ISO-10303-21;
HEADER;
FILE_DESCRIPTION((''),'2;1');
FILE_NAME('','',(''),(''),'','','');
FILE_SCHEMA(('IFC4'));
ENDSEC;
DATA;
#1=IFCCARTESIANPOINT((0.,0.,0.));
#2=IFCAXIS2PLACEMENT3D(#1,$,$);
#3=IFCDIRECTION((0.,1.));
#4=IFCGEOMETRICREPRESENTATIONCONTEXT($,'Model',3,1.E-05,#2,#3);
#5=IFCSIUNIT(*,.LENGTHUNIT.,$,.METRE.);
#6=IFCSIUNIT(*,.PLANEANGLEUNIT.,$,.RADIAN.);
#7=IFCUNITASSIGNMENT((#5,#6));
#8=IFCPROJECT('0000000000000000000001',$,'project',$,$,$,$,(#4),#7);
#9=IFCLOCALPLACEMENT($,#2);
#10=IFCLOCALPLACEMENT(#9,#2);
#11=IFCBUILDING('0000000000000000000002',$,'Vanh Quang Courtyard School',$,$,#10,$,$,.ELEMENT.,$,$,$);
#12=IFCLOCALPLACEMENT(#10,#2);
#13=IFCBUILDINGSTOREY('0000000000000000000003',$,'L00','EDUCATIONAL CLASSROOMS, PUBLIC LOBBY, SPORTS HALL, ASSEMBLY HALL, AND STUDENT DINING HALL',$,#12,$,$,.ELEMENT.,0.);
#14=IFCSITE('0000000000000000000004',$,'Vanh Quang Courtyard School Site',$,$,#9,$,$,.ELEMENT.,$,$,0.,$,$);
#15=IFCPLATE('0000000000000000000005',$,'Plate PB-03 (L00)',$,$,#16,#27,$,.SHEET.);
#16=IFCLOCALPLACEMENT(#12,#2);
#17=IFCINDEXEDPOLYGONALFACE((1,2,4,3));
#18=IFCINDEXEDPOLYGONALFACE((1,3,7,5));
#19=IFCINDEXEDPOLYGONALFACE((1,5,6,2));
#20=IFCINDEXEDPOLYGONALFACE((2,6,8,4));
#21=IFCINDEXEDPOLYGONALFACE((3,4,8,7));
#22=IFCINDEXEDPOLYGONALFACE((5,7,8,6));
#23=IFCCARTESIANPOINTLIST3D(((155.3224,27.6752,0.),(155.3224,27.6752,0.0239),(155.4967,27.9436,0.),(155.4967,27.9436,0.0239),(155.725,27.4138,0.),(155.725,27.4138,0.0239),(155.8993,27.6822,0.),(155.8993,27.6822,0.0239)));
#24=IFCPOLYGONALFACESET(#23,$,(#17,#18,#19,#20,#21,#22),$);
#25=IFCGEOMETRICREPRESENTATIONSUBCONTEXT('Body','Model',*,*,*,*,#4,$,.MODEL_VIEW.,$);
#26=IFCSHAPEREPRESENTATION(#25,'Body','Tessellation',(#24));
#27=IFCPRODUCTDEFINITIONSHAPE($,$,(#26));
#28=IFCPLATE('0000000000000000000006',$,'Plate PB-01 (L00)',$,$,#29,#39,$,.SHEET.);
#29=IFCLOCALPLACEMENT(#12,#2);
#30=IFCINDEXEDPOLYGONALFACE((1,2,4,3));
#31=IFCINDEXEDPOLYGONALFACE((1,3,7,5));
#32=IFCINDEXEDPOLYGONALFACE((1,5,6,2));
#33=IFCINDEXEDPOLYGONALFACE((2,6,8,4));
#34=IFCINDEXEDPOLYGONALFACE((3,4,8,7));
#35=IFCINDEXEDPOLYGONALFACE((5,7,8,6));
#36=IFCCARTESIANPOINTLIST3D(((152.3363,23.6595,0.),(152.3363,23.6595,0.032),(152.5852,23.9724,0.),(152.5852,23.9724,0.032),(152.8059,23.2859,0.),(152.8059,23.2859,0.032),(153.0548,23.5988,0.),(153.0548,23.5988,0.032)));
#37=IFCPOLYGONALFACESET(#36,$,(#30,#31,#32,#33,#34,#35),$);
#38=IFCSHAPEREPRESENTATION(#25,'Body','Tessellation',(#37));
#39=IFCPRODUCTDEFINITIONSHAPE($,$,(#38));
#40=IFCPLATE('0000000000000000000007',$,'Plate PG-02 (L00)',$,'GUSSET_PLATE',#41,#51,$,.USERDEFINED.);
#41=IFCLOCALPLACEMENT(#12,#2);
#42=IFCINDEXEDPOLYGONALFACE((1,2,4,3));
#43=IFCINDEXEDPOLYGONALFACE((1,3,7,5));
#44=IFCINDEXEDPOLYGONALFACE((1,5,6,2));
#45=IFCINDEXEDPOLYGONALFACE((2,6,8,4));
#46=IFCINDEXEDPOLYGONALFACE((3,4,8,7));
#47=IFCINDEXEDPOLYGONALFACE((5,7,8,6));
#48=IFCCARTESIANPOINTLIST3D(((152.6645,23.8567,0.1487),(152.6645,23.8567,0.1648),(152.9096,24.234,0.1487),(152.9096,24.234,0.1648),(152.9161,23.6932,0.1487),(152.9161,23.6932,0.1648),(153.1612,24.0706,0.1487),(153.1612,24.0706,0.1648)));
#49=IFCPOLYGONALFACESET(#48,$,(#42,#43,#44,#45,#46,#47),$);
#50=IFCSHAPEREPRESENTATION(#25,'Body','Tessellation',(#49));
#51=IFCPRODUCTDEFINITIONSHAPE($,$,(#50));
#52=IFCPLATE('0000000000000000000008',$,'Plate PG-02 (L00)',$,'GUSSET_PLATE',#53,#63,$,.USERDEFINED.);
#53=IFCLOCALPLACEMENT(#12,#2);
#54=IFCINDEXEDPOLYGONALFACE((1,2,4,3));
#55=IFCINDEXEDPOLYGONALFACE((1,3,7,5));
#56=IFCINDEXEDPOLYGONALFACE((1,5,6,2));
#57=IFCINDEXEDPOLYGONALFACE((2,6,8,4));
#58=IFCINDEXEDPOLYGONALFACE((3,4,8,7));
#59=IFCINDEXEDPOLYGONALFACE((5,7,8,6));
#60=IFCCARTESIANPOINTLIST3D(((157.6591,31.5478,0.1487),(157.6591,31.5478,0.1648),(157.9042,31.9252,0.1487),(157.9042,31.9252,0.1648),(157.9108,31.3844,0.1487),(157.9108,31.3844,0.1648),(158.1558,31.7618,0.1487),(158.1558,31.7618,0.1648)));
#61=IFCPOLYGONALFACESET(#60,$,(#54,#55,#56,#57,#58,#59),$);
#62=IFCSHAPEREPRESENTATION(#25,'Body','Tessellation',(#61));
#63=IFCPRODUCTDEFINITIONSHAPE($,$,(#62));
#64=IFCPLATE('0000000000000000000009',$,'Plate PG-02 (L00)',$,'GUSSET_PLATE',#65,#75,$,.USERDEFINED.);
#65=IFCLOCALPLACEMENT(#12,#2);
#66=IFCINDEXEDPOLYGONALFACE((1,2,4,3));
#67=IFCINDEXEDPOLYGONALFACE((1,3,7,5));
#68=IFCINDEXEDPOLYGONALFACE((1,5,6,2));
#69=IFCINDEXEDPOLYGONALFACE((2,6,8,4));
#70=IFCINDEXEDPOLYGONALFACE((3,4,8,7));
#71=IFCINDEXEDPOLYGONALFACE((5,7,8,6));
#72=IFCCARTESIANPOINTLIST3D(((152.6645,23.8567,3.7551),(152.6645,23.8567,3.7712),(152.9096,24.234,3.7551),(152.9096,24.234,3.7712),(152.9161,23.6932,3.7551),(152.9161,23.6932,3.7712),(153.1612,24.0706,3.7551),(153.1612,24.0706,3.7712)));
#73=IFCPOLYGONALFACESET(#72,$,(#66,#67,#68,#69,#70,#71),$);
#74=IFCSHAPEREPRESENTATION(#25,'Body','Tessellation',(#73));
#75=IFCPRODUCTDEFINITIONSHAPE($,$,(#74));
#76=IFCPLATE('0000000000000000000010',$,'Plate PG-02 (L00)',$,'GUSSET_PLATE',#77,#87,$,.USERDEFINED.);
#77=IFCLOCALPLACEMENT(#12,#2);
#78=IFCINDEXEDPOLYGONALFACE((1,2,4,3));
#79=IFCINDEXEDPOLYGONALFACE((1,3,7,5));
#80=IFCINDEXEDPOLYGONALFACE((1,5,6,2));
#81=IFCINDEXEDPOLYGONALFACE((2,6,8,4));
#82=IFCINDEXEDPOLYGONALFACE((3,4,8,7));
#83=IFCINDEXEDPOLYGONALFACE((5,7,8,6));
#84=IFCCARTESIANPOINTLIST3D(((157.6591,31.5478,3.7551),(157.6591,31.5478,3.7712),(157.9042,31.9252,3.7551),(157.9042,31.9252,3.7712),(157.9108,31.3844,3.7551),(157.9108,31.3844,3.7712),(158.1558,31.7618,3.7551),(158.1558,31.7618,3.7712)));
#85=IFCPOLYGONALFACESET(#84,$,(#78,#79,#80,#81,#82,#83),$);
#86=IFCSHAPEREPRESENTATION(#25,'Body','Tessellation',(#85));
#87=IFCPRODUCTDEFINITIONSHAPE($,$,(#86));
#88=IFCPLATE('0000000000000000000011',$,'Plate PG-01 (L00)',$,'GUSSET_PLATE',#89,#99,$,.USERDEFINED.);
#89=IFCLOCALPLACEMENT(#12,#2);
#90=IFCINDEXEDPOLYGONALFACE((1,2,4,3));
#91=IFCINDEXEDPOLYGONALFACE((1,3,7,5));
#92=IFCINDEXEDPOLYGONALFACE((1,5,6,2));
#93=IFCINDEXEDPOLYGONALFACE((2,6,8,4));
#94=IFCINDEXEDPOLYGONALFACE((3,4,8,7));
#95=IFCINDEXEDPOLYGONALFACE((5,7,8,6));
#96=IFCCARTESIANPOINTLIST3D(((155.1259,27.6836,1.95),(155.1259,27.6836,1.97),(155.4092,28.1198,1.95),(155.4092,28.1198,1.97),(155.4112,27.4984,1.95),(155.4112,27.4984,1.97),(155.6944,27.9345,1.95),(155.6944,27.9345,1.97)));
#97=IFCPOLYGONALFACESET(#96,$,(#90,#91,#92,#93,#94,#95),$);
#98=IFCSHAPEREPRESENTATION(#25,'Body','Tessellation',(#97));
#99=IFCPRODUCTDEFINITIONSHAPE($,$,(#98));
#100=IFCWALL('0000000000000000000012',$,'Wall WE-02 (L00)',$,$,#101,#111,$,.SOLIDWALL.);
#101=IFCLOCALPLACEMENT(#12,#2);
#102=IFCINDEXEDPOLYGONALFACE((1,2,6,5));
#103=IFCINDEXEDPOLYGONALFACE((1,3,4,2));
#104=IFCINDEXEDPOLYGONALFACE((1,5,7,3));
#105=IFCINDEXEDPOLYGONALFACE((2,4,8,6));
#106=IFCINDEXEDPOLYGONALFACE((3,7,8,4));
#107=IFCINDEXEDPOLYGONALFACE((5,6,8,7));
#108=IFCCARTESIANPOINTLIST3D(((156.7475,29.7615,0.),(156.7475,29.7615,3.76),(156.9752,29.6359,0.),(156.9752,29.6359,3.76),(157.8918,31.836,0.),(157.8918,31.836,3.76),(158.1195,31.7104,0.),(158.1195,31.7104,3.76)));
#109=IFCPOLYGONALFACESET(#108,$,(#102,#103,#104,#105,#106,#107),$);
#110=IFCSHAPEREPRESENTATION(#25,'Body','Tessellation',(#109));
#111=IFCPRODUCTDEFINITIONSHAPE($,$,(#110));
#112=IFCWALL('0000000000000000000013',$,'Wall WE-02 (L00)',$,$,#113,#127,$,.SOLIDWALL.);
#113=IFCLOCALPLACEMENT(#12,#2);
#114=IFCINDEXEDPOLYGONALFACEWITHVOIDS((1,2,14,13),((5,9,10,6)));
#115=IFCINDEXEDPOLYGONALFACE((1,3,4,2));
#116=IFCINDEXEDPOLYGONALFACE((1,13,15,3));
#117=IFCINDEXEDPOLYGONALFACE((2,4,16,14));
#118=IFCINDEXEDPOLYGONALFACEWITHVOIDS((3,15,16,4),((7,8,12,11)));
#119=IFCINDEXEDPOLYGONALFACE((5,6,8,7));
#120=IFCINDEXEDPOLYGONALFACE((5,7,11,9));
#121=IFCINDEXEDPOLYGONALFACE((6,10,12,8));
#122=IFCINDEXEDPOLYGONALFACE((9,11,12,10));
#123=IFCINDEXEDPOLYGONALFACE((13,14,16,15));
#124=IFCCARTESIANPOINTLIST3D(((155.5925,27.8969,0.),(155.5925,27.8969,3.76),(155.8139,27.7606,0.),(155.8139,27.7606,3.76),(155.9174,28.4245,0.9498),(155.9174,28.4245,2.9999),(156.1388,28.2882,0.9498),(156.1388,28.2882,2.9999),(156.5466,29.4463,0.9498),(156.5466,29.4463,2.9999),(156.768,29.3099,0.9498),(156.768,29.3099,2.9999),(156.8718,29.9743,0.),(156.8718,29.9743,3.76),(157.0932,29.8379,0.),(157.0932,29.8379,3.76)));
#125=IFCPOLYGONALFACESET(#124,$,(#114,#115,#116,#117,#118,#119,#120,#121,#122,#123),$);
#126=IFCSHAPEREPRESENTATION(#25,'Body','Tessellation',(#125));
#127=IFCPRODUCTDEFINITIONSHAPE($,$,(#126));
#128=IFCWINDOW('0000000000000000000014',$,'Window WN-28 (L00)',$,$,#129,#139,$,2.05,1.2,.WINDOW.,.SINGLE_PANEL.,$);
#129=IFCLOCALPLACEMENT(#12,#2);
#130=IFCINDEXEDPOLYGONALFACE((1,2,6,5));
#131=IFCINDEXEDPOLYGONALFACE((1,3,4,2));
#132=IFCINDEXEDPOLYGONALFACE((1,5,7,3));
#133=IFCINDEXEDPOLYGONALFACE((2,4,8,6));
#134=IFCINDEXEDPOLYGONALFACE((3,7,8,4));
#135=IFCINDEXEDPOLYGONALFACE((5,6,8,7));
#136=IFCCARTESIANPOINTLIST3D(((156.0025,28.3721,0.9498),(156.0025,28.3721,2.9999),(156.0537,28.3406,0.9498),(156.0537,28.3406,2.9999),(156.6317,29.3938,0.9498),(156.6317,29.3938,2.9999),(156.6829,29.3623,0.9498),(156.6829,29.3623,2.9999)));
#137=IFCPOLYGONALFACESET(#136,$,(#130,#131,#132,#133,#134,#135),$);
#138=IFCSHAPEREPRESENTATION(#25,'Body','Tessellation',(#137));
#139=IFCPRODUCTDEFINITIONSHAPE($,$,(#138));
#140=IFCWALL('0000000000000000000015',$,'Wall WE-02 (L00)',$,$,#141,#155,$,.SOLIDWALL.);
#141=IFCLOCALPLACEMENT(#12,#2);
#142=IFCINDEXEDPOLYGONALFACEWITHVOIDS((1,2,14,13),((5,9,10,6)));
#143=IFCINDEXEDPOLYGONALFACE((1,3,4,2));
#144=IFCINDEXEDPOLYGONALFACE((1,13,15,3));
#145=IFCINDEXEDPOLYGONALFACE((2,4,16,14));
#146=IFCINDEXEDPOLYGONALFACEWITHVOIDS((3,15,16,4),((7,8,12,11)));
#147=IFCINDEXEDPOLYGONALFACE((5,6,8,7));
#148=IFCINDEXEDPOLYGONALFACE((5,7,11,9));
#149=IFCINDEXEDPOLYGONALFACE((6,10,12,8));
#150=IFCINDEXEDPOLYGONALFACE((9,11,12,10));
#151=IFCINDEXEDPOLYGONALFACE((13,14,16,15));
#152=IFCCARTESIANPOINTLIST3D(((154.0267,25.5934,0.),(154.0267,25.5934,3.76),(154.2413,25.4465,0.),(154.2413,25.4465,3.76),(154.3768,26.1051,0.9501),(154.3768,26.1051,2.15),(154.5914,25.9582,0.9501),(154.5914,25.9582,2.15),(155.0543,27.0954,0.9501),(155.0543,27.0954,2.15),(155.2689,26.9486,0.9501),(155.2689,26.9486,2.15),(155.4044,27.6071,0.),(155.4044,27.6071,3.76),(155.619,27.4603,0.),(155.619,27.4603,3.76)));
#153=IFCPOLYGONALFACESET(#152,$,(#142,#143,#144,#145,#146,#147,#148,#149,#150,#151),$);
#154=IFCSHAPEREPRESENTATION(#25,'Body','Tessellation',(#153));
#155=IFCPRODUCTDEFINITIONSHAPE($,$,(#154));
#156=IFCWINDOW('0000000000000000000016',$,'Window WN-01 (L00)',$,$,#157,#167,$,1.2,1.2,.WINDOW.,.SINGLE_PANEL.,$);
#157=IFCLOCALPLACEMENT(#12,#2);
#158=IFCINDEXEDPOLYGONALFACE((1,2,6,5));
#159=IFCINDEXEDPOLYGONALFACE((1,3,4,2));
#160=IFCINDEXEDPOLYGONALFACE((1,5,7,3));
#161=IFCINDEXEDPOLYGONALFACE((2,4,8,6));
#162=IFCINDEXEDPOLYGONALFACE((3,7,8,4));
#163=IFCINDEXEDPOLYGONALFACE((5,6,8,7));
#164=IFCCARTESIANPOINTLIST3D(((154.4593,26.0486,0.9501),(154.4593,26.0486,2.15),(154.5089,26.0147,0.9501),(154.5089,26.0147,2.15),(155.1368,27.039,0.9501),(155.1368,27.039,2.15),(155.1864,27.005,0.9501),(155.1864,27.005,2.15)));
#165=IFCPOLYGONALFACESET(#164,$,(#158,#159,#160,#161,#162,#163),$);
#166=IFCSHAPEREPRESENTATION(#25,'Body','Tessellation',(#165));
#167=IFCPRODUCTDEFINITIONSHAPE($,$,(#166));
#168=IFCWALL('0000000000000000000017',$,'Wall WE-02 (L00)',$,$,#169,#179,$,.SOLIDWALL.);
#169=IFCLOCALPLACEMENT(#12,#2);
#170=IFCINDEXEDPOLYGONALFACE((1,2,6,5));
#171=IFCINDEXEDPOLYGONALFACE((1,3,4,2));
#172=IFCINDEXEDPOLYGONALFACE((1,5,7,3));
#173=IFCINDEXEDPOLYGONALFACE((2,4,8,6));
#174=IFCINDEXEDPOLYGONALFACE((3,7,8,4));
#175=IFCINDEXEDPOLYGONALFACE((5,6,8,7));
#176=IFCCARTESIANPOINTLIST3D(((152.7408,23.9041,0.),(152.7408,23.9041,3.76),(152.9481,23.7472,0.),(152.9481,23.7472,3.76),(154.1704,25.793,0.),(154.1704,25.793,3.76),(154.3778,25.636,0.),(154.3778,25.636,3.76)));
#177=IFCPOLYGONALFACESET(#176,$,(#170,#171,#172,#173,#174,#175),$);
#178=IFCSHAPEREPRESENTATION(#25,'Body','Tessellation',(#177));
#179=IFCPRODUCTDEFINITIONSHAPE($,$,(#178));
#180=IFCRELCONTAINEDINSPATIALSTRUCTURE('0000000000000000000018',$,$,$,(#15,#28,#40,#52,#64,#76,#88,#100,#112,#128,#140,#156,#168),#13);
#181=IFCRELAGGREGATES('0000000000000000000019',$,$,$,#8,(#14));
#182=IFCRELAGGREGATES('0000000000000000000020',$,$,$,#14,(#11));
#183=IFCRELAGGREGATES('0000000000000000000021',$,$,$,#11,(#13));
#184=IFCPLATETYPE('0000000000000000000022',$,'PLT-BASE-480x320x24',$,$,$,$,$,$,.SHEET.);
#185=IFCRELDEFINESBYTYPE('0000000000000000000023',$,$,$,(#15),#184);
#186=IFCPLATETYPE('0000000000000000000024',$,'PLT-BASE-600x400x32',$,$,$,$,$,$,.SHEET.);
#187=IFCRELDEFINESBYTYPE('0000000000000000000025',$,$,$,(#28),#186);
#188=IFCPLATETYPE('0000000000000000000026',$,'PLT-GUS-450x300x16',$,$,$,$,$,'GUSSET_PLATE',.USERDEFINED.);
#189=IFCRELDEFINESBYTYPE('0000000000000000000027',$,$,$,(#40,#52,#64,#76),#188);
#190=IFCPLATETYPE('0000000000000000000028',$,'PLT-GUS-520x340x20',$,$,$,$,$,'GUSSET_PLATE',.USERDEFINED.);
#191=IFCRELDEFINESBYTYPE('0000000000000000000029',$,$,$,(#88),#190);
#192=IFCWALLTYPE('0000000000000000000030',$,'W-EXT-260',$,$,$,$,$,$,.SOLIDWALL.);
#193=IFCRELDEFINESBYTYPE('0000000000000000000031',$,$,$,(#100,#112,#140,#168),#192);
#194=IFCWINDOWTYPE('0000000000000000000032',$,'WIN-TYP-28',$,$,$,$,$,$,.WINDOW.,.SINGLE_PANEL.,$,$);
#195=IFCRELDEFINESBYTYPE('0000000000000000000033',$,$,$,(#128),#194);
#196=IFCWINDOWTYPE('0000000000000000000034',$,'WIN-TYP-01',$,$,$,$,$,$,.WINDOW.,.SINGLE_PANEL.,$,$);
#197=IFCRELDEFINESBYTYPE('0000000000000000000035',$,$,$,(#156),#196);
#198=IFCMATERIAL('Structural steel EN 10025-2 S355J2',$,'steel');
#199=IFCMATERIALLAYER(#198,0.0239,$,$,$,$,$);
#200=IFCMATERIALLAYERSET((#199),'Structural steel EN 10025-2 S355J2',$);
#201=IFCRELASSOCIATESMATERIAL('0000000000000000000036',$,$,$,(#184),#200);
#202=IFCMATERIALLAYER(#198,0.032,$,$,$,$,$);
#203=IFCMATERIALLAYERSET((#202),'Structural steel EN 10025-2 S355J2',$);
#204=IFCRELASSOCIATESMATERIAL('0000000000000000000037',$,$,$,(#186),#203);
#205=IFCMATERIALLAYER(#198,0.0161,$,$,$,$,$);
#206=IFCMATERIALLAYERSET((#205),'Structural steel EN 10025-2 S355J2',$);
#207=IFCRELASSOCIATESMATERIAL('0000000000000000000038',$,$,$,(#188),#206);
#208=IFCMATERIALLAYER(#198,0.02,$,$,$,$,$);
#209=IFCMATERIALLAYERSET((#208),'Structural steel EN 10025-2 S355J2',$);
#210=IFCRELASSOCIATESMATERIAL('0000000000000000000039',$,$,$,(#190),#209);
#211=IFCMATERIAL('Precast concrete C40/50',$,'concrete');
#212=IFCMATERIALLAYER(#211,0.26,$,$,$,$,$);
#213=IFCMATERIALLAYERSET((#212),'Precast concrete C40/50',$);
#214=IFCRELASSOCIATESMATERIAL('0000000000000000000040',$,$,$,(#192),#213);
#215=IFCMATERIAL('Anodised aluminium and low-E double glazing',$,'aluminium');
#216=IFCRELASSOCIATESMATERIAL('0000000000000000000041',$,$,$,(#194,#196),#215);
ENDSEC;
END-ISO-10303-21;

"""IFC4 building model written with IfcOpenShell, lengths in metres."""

from ifc_helpers import new_model, si_unit, direction, frame, frame_2d, origin, origin_2d, place, context, subcontext, project, spatial, rectangle, extrude, material, layer, layer_set, type_object, element, fill, save


model = new_model("IFC4")

# Units and contexts
model_context = context("Model", 3, precision=1e-05, world=origin(), true_north=direction((0.0, 1.0)))
body_context = subcontext(model_context, "Body", "Model", "MODEL_VIEW")
ifc_project = project(units=[si_unit("LENGTHUNIT", "METRE"), si_unit("PLANEANGLEUNIT", "RADIAN")], contexts=[model_context])

# Site, building, storey
site_placement = place(None, origin())
site = spatial("IfcSite", under=ifc_project, at=site_placement, Name="Vanh Quang Courtyard School Site", CompositionType="ELEMENT", RefElevation=0.0)
building_placement = place(site_placement, origin())
building = spatial("IfcBuilding", under=site, at=building_placement, Name="Vanh Quang Courtyard School", CompositionType="ELEMENT")
storey_placement = place(building_placement, origin())
storey = spatial("IfcBuildingStorey", under=building, at=storey_placement, Name="L00", Description="EDUCATIONAL CLASSROOMS, PUBLIC LOBBY, SPORTS HALL, ASSEMBLY HALL, AND STUDENT DINING HALL", CompositionType="ELEMENT", Elevation=0.0)

# Shared definitions
ifc_material_1 = material(Name="Structural steel EN 10025-2 S355J2", Category="steel")

# Plates
ifc_layer_1 = layer(ifc_material_1, 0.0239)
ifc_layer_set_1 = layer_set([ifc_layer_1], Name="Structural steel EN 10025-2 S355J2")
plate_type_1 = type_object("IfcPlateType", Name="PLT-BASE-480x320x24", PredefinedType="SHEET", material=ifc_layer_set_1)
plate_1_placement = place(storey_placement, frame((155.6108, 27.6787, 0.0), z_axis=(0.0, 0.0, 1.0), x_axis=(0.838671, -0.544639, 0.0)))
element("IfcPlate", 1, at=plate_1_placement, inside=storey, type_object=plate_type_1, Name="Plate PB-03 (L00)", PredefinedType="SHEET", context=body_context, shape_type="SweptSolid", body=[
    extrude(rectangle(XDim=0.48, YDim=0.3201, at=origin_2d()), origin(), (0.0, 0.0, 1.0), 0.0239),
])
ifc_layer_2 = layer(ifc_material_1, 0.032)
ifc_layer_set_2 = layer_set([ifc_layer_2], Name="Structural steel EN 10025-2 S355J2")
plate_type_2 = type_object("IfcPlateType", Name="PLT-BASE-600x400x32", PredefinedType="SHEET", material=ifc_layer_set_2)
plate_2_placement = place(storey_placement, frame((152.6956, 23.6292, 0.0), z_axis=(0.0, 0.0, 1.0), x_axis=(0.782608, -0.622515, 0.0)))
element("IfcPlate", 2, at=plate_2_placement, inside=storey, type_object=plate_type_2, Name="Plate PB-01 (L00)", PredefinedType="SHEET", context=body_context, shape_type="SweptSolid", body=[
    extrude(rectangle(XDim=0.6001, YDim=0.3999, at=origin_2d()), origin(), (0.0, 0.0, 1.0), 0.032),
])
ifc_layer_3 = layer(ifc_material_1, 0.0161)
ifc_layer_set_3 = layer_set([ifc_layer_3], Name="Structural steel EN 10025-2 S355J2")
plate_type_3 = type_object("IfcPlateType", Name="PLT-GUS-450x300x16", ElementType="GUSSET_PLATE", PredefinedType="USERDEFINED", material=ifc_layer_set_3)
for number, where, z_axis, x_axis, name in (
    (3, (152.9128, 23.9636, 0.1487), (0.0, 0.0, 1.0), (0.544639, 0.838671, 0.0), "Plate PG-02 (L00)"),
    (4, (157.9075, 31.6548, 0.1487), (0.0, 0.0, 1.0), (0.544639, 0.838671, 0.0), "Plate PG-02 (L00)"),
    (5, (152.9128, 23.9636, 3.7551), (0.0, 0.0, 1.0), (0.544639, 0.838671, 0.0), "Plate PG-02 (L00)"),
    (6, (157.9075, 31.6548, 3.7551), (0.0, 0.0, 1.0), (0.544639, 0.838671, 0.0), "Plate PG-02 (L00)"),
):
    element("IfcPlate", number, at=place(storey_placement, frame(where, z_axis=z_axis, x_axis=x_axis)), inside=storey, type_object=plate_type_3, Name=name, ObjectType="GUSSET_PLATE", PredefinedType="USERDEFINED", context=body_context, shape_type="SweptSolid", body=[
        extrude(rectangle(XDim=0.45, YDim=0.3, at=origin_2d()), origin(), (0.0, 0.0, 1.0), 0.0161),
    ])
ifc_layer_4 = layer(ifc_material_1, 0.02)
ifc_layer_set_4 = layer_set([ifc_layer_4], Name="Structural steel EN 10025-2 S355J2")
plate_type_4 = type_object("IfcPlateType", Name="PLT-GUS-520x340x20", ElementType="GUSSET_PLATE", PredefinedType="USERDEFINED", material=ifc_layer_set_4)
plate_3_placement = place(storey_placement, frame((155.4102, 27.8091, 1.95), z_axis=(0.0, 0.0, 1.0), x_axis=(0.544639, 0.838671, 0.0)))
element("IfcPlate", 7, at=plate_3_placement, inside=storey, type_object=plate_type_4, Name="Plate PG-01 (L00)", ObjectType="GUSSET_PLATE", PredefinedType="USERDEFINED", context=body_context, shape_type="SweptSolid", body=[
    extrude(rectangle(XDim=0.52, YDim=0.3401, at=origin_2d()), origin(), (0.0, 0.0, 1.0), 0.02),
])

# Wall
ifc_material_2 = material(Name="Precast concrete C40/50", Category="concrete")
ifc_layer_5 = layer(ifc_material_2, 0.26)
ifc_layer_set_5 = layer_set([ifc_layer_5], Name="Precast concrete C40/50")
wall_type = type_object("IfcWallType", Name="W-EXT-260", PredefinedType="SOLIDWALL", material=ifc_layer_set_5)
wall_1_placement = place(storey_placement, frame((158.0056, 31.7732, 0.0), z_axis=(0.0, 0.0, 1.0), x_axis=(-0.482998, -0.875621, 0.0)))
element("IfcWall", 8, at=wall_1_placement, inside=storey, type_object=wall_type, Name="Wall WE-02 (L00)", PredefinedType="SOLIDWALL", context=body_context, shape_type="SweptSolid", body=[
    extrude(rectangle(XDim=2.3691, YDim=0.26, at=frame_2d((1.1846, 0.0))), origin(), (0.0, 0.0, 1.0), 3.76),
])

# Walls, openings, windows
wall_2_placement = place(storey_placement, frame((156.9824, 29.906, 0.0), z_axis=(0.0, 0.0, 1.0), x_axis=(-0.524365, -0.851493, 0.0)))
wall_2 = element("IfcWall", 9, at=wall_2_placement, inside=storey, type_object=wall_type, Name="Wall WE-02 (L00)", PredefinedType="SOLIDWALL", context=body_context, shape_type="SweptSolid", body=[
    extrude(rectangle(XDim=2.4397, YDim=0.26, at=frame_2d((1.2197, 0.0))), origin(), (0.0, 0.0, 1.0), 3.76),
])
opening_1_placement = place(wall_2_placement, frame((0.6199, 0.0, 0.95)))
opening_1 = element("IfcOpeningElement", 10, at=opening_1_placement, cuts=wall_2, PredefinedType="OPENING", context=body_context, shape_type="SweptSolid", body=[
    extrude(rectangle(XDim=1.2, YDim=2.05, at=frame_2d((0.6001, 1.0249))), frame((0.0, 0.1401, 0.0), z_axis=(0.0, -1.0, 0.0), x_axis=(1.0, 0.0, 0.0)), (0.0, 0.0, 1.0), 0.28),
])
ifc_material_3 = material(Name="Anodised aluminium and low-E double glazing", Category="aluminium")
window_type_1 = type_object("IfcWindowType", Name="WIN-TYP-28", PartitioningType="SINGLE_PANEL", PredefinedType="WINDOW", material=ifc_material_3)
window_1_placement = place(opening_1_placement, origin())
window_1 = element("IfcWindow", 11, at=window_1_placement, inside=storey, type_object=window_type_1, Name="Window WN-28 (L00)", OverallHeight=2.05, OverallWidth=1.2, PartitioningType="SINGLE_PANEL", PredefinedType="WINDOW", context=body_context, shape_type="SweptSolid", body=[
    extrude(rectangle(XDim=1.2, YDim=2.05, at=frame_2d((0.6001, 1.0249))), frame((0.0, 0.03, 0.0), z_axis=(0.0, -1.0, 0.0), x_axis=(1.0, 0.0, 0.0)), (0.0, 0.0, 1.0), 0.0601),
])
fill(opening_1, window_1)
wall_3_placement = place(storey_placement, frame((155.5117, 27.5337, 0.0), z_axis=(0.0, 0.0, 1.0), x_axis=(-0.564659, -0.825324, 0.0)))
wall_3 = element("IfcWall", 12, at=wall_3_placement, inside=storey, type_object=wall_type, Name="Wall WE-02 (L00)", PredefinedType="SOLIDWALL", context=body_context, shape_type="SweptSolid", body=[
    extrude(rectangle(XDim=2.4399, YDim=0.26, at=frame_2d((1.22, 0.0))), origin(), (0.0, 0.0, 1.0), 3.76),
])
opening_2_placement = place(wall_3_placement, frame((0.6199, 0.0, 0.95)))
opening_2 = element("IfcOpeningElement", 13, at=opening_2_placement, cuts=wall_3, PredefinedType="OPENING", context=body_context, shape_type="SweptSolid", body=[
    extrude(rectangle(XDim=1.2, YDim=1.2, at=frame_2d((0.6001, 0.6001))), frame((0.0, 0.1401, 0.0), z_axis=(0.0, -1.0, 0.0), x_axis=(1.0, 0.0, 0.0)), (0.0, 0.0, 1.0), 0.28),
])
window_type_2 = type_object("IfcWindowType", Name="WIN-TYP-01", PartitioningType="SINGLE_PANEL", PredefinedType="WINDOW", material=ifc_material_3)
window_2_placement = place(opening_2_placement, origin())
window_2 = element("IfcWindow", 14, at=window_2_placement, inside=storey, type_object=window_type_2, Name="Window WN-01 (L00)", OverallHeight=1.2, OverallWidth=1.2, PartitioningType="SINGLE_PANEL", PredefinedType="WINDOW", context=body_context, shape_type="SweptSolid", body=[
    extrude(rectangle(XDim=1.2, YDim=1.2, at=frame_2d((0.6001, 0.6001))), frame((0.0, 0.03, 0.0), z_axis=(0.0, -1.0, 0.0), x_axis=(1.0, 0.0, 0.0)), (0.0, 0.0, 1.0), 0.0601),
])
fill(opening_2, window_2)

# Wall
wall_4_placement = place(storey_placement, frame((154.2742, 25.7146, 0.0), z_axis=(0.0, 0.0, 1.0), x_axis=(-0.603506, -0.797358, 0.0)))
element("IfcWall", 15, at=wall_4_placement, inside=storey, type_object=wall_type, Name="Wall WE-02 (L00)", PredefinedType="SOLIDWALL", context=body_context, shape_type="SweptSolid", body=[
    extrude(rectangle(XDim=2.3689, YDim=0.26, at=frame_2d((1.1846, 0.0))), origin(), (0.0, 0.0, 1.0), 3.76),
])

save(model, "model.ifc")
